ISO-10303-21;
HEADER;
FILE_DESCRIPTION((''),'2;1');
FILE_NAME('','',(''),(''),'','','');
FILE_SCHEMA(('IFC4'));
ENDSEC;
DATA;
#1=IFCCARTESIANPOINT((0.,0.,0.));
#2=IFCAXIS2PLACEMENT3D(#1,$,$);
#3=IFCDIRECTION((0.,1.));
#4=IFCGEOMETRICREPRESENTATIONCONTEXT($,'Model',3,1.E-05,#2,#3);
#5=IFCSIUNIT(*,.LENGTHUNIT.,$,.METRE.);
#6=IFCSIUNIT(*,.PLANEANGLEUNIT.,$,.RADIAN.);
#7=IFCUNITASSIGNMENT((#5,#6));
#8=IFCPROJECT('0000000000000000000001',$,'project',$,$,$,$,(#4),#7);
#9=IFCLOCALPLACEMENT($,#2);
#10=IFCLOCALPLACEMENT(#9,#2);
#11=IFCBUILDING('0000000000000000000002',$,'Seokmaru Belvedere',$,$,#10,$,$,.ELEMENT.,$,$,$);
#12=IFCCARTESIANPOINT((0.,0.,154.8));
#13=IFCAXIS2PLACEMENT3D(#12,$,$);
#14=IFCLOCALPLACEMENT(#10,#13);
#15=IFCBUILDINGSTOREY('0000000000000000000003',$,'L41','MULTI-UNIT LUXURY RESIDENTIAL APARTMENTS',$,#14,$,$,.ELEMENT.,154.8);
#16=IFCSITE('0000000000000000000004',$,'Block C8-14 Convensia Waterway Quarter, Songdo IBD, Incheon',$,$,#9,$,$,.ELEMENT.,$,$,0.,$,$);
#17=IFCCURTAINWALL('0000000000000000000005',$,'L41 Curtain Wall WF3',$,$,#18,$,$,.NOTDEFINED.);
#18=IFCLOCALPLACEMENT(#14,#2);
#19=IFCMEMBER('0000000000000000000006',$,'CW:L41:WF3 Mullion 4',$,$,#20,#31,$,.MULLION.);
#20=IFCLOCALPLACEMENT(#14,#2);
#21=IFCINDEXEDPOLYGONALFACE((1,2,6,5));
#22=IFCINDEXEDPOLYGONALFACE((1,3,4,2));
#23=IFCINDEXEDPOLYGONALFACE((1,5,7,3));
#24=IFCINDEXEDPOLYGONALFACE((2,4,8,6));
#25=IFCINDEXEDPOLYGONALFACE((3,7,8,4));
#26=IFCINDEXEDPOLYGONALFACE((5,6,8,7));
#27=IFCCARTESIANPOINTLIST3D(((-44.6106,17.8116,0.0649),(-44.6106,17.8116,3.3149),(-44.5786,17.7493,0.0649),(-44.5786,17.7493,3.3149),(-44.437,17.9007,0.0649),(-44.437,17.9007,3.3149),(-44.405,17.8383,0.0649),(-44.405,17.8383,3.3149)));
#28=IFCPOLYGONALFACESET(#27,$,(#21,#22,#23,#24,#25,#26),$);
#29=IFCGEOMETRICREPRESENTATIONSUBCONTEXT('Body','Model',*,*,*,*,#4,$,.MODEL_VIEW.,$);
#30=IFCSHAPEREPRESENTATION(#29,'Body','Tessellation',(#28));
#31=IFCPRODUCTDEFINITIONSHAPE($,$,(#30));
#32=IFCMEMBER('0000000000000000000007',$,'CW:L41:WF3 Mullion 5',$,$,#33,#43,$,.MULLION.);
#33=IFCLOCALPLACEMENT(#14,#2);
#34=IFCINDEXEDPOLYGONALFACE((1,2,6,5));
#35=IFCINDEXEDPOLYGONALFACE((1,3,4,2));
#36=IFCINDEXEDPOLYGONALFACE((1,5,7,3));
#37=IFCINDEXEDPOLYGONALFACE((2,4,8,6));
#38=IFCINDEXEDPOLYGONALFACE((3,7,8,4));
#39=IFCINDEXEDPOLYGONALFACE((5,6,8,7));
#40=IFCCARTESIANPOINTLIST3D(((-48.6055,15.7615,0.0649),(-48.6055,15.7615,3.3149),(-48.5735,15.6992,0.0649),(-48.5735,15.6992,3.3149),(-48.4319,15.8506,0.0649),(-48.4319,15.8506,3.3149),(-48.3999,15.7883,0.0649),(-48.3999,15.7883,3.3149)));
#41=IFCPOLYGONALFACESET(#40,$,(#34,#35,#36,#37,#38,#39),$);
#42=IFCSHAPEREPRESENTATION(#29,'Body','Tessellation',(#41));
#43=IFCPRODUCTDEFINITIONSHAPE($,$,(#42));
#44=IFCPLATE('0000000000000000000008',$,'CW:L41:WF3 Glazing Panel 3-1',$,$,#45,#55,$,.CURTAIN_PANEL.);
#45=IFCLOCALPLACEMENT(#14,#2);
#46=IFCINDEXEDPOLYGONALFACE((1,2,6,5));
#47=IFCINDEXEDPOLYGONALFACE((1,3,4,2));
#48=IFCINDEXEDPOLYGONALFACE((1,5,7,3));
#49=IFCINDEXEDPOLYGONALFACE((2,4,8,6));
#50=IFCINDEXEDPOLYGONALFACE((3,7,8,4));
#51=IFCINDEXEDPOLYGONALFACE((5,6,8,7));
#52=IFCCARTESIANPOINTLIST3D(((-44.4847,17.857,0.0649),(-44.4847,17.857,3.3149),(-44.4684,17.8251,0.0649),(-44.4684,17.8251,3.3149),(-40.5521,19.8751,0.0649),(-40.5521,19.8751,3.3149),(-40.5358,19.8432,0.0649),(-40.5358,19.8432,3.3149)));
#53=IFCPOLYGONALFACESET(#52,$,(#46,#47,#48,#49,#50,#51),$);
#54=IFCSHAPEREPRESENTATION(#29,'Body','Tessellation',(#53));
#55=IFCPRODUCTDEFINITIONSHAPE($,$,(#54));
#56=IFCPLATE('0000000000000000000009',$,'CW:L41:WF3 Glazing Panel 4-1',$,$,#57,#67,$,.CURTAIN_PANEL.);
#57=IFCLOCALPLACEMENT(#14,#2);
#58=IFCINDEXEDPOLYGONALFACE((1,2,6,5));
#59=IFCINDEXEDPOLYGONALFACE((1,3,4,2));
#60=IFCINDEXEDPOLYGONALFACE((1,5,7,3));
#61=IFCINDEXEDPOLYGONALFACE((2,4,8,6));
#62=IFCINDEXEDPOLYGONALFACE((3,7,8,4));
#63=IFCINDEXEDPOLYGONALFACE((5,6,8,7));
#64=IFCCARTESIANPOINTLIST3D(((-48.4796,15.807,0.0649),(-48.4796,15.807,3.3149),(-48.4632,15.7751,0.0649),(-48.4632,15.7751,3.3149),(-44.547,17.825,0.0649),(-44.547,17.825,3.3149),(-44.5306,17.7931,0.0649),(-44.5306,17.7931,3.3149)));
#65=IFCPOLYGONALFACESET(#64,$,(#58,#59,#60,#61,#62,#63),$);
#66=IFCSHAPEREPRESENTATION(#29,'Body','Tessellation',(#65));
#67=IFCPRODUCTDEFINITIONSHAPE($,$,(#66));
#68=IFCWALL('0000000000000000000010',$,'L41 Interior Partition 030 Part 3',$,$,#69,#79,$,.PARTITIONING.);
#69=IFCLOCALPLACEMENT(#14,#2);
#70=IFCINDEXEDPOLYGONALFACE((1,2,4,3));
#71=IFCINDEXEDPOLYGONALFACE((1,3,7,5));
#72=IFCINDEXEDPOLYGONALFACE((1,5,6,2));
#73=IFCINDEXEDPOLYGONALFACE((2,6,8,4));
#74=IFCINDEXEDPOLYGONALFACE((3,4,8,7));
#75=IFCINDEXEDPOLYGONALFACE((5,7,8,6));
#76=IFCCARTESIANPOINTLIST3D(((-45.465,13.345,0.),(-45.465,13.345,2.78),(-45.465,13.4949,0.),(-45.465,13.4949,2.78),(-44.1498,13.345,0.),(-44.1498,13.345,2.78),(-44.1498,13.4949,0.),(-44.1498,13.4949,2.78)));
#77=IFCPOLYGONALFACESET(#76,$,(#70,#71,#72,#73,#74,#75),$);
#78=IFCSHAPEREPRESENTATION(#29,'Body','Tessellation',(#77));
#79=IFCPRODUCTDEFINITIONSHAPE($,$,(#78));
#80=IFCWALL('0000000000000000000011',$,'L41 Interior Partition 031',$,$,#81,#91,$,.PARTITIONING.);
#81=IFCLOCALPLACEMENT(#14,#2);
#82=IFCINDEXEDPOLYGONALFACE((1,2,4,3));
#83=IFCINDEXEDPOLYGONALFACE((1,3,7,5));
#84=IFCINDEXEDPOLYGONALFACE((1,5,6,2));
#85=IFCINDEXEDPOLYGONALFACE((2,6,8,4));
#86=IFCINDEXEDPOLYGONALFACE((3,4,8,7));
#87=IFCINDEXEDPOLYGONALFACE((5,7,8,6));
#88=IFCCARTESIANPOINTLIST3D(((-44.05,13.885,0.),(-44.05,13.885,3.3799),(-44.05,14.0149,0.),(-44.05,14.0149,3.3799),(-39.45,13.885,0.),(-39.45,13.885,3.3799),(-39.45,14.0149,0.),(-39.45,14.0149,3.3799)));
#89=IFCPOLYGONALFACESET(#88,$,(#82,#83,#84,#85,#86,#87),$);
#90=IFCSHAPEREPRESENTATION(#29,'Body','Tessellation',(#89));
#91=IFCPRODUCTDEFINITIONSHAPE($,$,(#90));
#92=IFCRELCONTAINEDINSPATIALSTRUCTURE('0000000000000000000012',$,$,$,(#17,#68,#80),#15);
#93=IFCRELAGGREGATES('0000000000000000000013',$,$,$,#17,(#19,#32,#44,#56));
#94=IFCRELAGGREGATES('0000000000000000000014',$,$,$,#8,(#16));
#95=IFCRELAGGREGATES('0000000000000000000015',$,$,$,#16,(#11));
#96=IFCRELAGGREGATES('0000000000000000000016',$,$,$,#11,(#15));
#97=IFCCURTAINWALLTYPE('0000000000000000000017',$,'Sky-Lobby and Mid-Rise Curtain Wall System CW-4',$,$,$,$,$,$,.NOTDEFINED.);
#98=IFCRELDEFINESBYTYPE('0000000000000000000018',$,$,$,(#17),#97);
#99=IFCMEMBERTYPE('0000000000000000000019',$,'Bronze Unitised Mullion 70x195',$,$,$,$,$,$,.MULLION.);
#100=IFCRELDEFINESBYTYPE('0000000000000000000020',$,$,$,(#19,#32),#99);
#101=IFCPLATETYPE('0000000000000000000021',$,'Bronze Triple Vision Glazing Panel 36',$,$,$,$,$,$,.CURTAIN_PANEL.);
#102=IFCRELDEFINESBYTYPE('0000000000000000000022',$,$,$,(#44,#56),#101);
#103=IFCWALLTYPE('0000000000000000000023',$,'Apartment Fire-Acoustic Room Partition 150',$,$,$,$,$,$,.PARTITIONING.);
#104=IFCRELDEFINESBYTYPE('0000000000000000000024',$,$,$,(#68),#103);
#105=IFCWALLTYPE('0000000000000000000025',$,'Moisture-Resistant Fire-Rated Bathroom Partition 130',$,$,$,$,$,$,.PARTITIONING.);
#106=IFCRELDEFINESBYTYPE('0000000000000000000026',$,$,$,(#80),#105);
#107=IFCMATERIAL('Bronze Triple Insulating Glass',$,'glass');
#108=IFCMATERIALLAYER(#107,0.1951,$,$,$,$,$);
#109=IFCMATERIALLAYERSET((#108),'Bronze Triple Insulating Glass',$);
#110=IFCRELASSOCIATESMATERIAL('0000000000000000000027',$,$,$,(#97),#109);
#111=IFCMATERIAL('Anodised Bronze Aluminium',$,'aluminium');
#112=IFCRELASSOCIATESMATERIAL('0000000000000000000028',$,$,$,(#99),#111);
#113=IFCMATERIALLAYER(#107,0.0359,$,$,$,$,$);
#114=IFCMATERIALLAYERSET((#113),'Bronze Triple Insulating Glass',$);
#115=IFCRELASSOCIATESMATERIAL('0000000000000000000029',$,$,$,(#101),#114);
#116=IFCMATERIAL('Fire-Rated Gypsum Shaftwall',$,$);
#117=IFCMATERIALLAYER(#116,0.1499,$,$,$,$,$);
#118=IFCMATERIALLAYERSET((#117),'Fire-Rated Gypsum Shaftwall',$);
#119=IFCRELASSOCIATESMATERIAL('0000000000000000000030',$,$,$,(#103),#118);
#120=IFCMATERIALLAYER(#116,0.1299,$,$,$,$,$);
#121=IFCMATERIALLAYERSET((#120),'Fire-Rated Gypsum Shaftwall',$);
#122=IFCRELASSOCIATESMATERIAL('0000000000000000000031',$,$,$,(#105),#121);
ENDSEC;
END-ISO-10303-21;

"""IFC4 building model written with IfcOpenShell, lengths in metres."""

from ifc_helpers import new_model, si_unit, direction, frame, frame_2d, origin, origin_2d, place, context, subcontext, project, spatial, rectangle, extrude, source, transform, mapped, material, layer, layer_set, material_profile, profile_set, type_object, type_shapes, element, aggregate, save


model = new_model("IFC4")

# Units and contexts
model_context = context("Model", 3, precision=1e-05, world=origin(), true_north=direction((0.0, 1.0)))
body_context = subcontext(model_context, "Body", "Model", "MODEL_VIEW")
ifc_project = project(units=[si_unit("LENGTHUNIT", "METRE"), si_unit("PLANEANGLEUNIT", "RADIAN")], contexts=[model_context])

# Site, building, storey
site_placement = place(None, origin())
site = spatial("IfcSite", under=ifc_project, at=site_placement, Name="Block C8-14 Convensia Waterway Quarter, Songdo IBD, Incheon", CompositionType="ELEMENT", RefElevation=0.0)
building_placement = place(site_placement, origin())
building = spatial("IfcBuilding", under=site, at=building_placement, Name="Seokmaru Belvedere", CompositionType="ELEMENT")
storey_placement = place(building_placement, frame((0.0, 0.0, 154.8)))
storey = spatial("IfcBuildingStorey", under=building, at=storey_placement, Name="L41", Description="MULTI-UNIT LUXURY RESIDENTIAL APARTMENTS", CompositionType="ELEMENT", Elevation=154.8)

# Curtain wall, members, plates
ifc_material_1 = material(Name="Bronze Triple Insulating Glass", Category="glass")
ifc_layer_1 = layer(ifc_material_1, 0.1951)
ifc_layer_set_1 = layer_set([ifc_layer_1], Name="Bronze Triple Insulating Glass")
curtain_wall_type = type_object("IfcCurtainWallType", Name="Sky-Lobby and Mid-Rise Curtain Wall System CW-4", PredefinedType="NOTDEFINED", material=ifc_layer_set_1)
curtain_wall_placement = place(storey_placement, origin())
curtain_wall = element("IfcCurtainWall", 1, at=curtain_wall_placement, inside=storey, type_object=curtain_wall_type, Name="L41 Curtain Wall WF3", PredefinedType="NOTDEFINED")
ifc_material_2 = material(Name="Anodised Bronze Aluminium", Category="aluminium")
ifc_material_profile_1 = material_profile(ifc_material_2, rectangle(XDim=0.0701, YDim=0.1951, at=origin_2d()), Name="CW-M-70x195")
ifc_profile_set_1 = profile_set([ifc_material_profile_1], Name="Anodised Bronze Aluminium")
member_type = type_object("IfcMemberType", Name="Bronze Unitised Mullion 70x195", PredefinedType="MULLION", material=ifc_profile_set_1)
shared_shape_1 = source(origin(), body_context, "Body", "SweptSolid", [
    extrude(rectangle(XDim=0.0701, YDim=0.1951, at=origin_2d()), origin(), (0.0, 0.0, 1.0), 3.25),
])
type_shapes(member_type, [shared_shape_1])
member_1_placement = place(storey_placement, frame((-44.5078, 17.825, 0.0649), z_axis=(0.0, 0.0, 1.0), x_axis=(0.456555, -0.889695, 0.0)))
member_1 = element("IfcMember", 2, at=member_1_placement, type_object=member_type, Name="CW:L41:WF3 Mullion 4", PredefinedType="MULLION", context=body_context, shape_type="MappedRepresentation", body=[
    mapped(shared_shape_1, transform((0.0, 0.0, 0.0), scale=1.0)),
])
member_2_placement = place(storey_placement, frame((-48.5027, 15.7749, 0.0649), z_axis=(0.0, 0.0, 1.0), x_axis=(0.456555, -0.889695, 0.0)))
member_2 = element("IfcMember", 3, at=member_2_placement, type_object=member_type, Name="CW:L41:WF3 Mullion 5", PredefinedType="MULLION", context=body_context, shape_type="MappedRepresentation", body=[
    mapped(shared_shape_1, transform((0.0, 0.0, 0.0), scale=1.0)),
])
ifc_layer_2 = layer(ifc_material_1, 0.0359)
ifc_layer_set_2 = layer_set([ifc_layer_2], Name="Bronze Triple Insulating Glass")
plate_type = type_object("IfcPlateType", Name="Bronze Triple Vision Glazing Panel 36", PredefinedType="CURTAIN_PANEL", material=ifc_layer_set_2)
shared_shape_2 = source(origin(), body_context, "Body", "SweptSolid", [
    extrude(rectangle(XDim=4.4202, YDim=0.0359, at=origin_2d()), origin(), (0.0, 0.0, 1.0), 3.25),
])
type_shapes(plate_type, [shared_shape_2])
plate_1_placement = place(storey_placement, frame((-42.5103, 18.8501, 0.0649), z_axis=(0.0, 0.0, 1.0), x_axis=(-0.889695, -0.456555, 0.0)))
plate_1 = element("IfcPlate", 4, at=plate_1_placement, type_object=plate_type, Name="CW:L41:WF3 Glazing Panel 3-1", PredefinedType="CURTAIN_PANEL", context=body_context, shape_type="MappedRepresentation", body=[
    mapped(shared_shape_2, transform((0.0, 0.0, 0.0), scale=1.0)),
])
plate_2_placement = place(storey_placement, frame((-46.5051, 16.8, 0.0649), z_axis=(0.0, 0.0, 1.0), x_axis=(-0.889695, -0.456555, 0.0)))
plate_2 = element("IfcPlate", 5, at=plate_2_placement, type_object=plate_type, Name="CW:L41:WF3 Glazing Panel 4-1", PredefinedType="CURTAIN_PANEL", context=body_context, shape_type="MappedRepresentation", body=[
    mapped(shared_shape_2, transform((0.0, 0.0, 0.0), scale=1.0)),
])
aggregate(curtain_wall, [member_1, member_2, plate_1, plate_2])

# Wall
ifc_material_3 = material(Name="Fire-Rated Gypsum Shaftwall")
ifc_layer_3 = layer(ifc_material_3, 0.1499)
ifc_layer_set_3 = layer_set([ifc_layer_3], Name="Fire-Rated Gypsum Shaftwall")
wall_type_1 = type_object("IfcWallType", Name="Apartment Fire-Acoustic Room Partition 150", PredefinedType="PARTITIONING", material=ifc_layer_set_3)
wall_1_placement = place(storey_placement, frame((-45.4651, 13.4199, 0.0), z_axis=(0.0, 0.0, 1.0), x_axis=(1.0, 0.0, 0.0)))
element("IfcWall", 6, at=wall_1_placement, inside=storey, type_object=wall_type_1, Name="L41 Interior Partition 030 Part 3", PredefinedType="PARTITIONING", context=body_context, shape_type="SweptSolid", body=[
    extrude(rectangle(XDim=1.3152, YDim=0.1499, at=frame_2d((0.6577, 0.0))), origin(), (0.0, 0.0, 1.0), 2.78),
])

# Wall
ifc_layer_4 = layer(ifc_material_3, 0.1299)
ifc_layer_set_4 = layer_set([ifc_layer_4], Name="Fire-Rated Gypsum Shaftwall")
wall_type_2 = type_object("IfcWallType", Name="Moisture-Resistant Fire-Rated Bathroom Partition 130", PredefinedType="PARTITIONING", material=ifc_layer_set_4)
wall_2_placement = place(storey_placement, frame((-44.05, 13.95, 0.0), z_axis=(0.0, 0.0, 1.0), x_axis=(1.0, 0.0, 0.0)))
element("IfcWall", 7, at=wall_2_placement, inside=storey, type_object=wall_type_2, Name="L41 Interior Partition 031", PredefinedType="PARTITIONING", context=body_context, shape_type="SweptSolid", body=[
    extrude(rectangle(XDim=4.6001, YDim=0.1299, at=frame_2d((2.3, 0.0))), origin(), (0.0, 0.0, 1.0), 3.3799),
])

save(model, "model.ifc")
